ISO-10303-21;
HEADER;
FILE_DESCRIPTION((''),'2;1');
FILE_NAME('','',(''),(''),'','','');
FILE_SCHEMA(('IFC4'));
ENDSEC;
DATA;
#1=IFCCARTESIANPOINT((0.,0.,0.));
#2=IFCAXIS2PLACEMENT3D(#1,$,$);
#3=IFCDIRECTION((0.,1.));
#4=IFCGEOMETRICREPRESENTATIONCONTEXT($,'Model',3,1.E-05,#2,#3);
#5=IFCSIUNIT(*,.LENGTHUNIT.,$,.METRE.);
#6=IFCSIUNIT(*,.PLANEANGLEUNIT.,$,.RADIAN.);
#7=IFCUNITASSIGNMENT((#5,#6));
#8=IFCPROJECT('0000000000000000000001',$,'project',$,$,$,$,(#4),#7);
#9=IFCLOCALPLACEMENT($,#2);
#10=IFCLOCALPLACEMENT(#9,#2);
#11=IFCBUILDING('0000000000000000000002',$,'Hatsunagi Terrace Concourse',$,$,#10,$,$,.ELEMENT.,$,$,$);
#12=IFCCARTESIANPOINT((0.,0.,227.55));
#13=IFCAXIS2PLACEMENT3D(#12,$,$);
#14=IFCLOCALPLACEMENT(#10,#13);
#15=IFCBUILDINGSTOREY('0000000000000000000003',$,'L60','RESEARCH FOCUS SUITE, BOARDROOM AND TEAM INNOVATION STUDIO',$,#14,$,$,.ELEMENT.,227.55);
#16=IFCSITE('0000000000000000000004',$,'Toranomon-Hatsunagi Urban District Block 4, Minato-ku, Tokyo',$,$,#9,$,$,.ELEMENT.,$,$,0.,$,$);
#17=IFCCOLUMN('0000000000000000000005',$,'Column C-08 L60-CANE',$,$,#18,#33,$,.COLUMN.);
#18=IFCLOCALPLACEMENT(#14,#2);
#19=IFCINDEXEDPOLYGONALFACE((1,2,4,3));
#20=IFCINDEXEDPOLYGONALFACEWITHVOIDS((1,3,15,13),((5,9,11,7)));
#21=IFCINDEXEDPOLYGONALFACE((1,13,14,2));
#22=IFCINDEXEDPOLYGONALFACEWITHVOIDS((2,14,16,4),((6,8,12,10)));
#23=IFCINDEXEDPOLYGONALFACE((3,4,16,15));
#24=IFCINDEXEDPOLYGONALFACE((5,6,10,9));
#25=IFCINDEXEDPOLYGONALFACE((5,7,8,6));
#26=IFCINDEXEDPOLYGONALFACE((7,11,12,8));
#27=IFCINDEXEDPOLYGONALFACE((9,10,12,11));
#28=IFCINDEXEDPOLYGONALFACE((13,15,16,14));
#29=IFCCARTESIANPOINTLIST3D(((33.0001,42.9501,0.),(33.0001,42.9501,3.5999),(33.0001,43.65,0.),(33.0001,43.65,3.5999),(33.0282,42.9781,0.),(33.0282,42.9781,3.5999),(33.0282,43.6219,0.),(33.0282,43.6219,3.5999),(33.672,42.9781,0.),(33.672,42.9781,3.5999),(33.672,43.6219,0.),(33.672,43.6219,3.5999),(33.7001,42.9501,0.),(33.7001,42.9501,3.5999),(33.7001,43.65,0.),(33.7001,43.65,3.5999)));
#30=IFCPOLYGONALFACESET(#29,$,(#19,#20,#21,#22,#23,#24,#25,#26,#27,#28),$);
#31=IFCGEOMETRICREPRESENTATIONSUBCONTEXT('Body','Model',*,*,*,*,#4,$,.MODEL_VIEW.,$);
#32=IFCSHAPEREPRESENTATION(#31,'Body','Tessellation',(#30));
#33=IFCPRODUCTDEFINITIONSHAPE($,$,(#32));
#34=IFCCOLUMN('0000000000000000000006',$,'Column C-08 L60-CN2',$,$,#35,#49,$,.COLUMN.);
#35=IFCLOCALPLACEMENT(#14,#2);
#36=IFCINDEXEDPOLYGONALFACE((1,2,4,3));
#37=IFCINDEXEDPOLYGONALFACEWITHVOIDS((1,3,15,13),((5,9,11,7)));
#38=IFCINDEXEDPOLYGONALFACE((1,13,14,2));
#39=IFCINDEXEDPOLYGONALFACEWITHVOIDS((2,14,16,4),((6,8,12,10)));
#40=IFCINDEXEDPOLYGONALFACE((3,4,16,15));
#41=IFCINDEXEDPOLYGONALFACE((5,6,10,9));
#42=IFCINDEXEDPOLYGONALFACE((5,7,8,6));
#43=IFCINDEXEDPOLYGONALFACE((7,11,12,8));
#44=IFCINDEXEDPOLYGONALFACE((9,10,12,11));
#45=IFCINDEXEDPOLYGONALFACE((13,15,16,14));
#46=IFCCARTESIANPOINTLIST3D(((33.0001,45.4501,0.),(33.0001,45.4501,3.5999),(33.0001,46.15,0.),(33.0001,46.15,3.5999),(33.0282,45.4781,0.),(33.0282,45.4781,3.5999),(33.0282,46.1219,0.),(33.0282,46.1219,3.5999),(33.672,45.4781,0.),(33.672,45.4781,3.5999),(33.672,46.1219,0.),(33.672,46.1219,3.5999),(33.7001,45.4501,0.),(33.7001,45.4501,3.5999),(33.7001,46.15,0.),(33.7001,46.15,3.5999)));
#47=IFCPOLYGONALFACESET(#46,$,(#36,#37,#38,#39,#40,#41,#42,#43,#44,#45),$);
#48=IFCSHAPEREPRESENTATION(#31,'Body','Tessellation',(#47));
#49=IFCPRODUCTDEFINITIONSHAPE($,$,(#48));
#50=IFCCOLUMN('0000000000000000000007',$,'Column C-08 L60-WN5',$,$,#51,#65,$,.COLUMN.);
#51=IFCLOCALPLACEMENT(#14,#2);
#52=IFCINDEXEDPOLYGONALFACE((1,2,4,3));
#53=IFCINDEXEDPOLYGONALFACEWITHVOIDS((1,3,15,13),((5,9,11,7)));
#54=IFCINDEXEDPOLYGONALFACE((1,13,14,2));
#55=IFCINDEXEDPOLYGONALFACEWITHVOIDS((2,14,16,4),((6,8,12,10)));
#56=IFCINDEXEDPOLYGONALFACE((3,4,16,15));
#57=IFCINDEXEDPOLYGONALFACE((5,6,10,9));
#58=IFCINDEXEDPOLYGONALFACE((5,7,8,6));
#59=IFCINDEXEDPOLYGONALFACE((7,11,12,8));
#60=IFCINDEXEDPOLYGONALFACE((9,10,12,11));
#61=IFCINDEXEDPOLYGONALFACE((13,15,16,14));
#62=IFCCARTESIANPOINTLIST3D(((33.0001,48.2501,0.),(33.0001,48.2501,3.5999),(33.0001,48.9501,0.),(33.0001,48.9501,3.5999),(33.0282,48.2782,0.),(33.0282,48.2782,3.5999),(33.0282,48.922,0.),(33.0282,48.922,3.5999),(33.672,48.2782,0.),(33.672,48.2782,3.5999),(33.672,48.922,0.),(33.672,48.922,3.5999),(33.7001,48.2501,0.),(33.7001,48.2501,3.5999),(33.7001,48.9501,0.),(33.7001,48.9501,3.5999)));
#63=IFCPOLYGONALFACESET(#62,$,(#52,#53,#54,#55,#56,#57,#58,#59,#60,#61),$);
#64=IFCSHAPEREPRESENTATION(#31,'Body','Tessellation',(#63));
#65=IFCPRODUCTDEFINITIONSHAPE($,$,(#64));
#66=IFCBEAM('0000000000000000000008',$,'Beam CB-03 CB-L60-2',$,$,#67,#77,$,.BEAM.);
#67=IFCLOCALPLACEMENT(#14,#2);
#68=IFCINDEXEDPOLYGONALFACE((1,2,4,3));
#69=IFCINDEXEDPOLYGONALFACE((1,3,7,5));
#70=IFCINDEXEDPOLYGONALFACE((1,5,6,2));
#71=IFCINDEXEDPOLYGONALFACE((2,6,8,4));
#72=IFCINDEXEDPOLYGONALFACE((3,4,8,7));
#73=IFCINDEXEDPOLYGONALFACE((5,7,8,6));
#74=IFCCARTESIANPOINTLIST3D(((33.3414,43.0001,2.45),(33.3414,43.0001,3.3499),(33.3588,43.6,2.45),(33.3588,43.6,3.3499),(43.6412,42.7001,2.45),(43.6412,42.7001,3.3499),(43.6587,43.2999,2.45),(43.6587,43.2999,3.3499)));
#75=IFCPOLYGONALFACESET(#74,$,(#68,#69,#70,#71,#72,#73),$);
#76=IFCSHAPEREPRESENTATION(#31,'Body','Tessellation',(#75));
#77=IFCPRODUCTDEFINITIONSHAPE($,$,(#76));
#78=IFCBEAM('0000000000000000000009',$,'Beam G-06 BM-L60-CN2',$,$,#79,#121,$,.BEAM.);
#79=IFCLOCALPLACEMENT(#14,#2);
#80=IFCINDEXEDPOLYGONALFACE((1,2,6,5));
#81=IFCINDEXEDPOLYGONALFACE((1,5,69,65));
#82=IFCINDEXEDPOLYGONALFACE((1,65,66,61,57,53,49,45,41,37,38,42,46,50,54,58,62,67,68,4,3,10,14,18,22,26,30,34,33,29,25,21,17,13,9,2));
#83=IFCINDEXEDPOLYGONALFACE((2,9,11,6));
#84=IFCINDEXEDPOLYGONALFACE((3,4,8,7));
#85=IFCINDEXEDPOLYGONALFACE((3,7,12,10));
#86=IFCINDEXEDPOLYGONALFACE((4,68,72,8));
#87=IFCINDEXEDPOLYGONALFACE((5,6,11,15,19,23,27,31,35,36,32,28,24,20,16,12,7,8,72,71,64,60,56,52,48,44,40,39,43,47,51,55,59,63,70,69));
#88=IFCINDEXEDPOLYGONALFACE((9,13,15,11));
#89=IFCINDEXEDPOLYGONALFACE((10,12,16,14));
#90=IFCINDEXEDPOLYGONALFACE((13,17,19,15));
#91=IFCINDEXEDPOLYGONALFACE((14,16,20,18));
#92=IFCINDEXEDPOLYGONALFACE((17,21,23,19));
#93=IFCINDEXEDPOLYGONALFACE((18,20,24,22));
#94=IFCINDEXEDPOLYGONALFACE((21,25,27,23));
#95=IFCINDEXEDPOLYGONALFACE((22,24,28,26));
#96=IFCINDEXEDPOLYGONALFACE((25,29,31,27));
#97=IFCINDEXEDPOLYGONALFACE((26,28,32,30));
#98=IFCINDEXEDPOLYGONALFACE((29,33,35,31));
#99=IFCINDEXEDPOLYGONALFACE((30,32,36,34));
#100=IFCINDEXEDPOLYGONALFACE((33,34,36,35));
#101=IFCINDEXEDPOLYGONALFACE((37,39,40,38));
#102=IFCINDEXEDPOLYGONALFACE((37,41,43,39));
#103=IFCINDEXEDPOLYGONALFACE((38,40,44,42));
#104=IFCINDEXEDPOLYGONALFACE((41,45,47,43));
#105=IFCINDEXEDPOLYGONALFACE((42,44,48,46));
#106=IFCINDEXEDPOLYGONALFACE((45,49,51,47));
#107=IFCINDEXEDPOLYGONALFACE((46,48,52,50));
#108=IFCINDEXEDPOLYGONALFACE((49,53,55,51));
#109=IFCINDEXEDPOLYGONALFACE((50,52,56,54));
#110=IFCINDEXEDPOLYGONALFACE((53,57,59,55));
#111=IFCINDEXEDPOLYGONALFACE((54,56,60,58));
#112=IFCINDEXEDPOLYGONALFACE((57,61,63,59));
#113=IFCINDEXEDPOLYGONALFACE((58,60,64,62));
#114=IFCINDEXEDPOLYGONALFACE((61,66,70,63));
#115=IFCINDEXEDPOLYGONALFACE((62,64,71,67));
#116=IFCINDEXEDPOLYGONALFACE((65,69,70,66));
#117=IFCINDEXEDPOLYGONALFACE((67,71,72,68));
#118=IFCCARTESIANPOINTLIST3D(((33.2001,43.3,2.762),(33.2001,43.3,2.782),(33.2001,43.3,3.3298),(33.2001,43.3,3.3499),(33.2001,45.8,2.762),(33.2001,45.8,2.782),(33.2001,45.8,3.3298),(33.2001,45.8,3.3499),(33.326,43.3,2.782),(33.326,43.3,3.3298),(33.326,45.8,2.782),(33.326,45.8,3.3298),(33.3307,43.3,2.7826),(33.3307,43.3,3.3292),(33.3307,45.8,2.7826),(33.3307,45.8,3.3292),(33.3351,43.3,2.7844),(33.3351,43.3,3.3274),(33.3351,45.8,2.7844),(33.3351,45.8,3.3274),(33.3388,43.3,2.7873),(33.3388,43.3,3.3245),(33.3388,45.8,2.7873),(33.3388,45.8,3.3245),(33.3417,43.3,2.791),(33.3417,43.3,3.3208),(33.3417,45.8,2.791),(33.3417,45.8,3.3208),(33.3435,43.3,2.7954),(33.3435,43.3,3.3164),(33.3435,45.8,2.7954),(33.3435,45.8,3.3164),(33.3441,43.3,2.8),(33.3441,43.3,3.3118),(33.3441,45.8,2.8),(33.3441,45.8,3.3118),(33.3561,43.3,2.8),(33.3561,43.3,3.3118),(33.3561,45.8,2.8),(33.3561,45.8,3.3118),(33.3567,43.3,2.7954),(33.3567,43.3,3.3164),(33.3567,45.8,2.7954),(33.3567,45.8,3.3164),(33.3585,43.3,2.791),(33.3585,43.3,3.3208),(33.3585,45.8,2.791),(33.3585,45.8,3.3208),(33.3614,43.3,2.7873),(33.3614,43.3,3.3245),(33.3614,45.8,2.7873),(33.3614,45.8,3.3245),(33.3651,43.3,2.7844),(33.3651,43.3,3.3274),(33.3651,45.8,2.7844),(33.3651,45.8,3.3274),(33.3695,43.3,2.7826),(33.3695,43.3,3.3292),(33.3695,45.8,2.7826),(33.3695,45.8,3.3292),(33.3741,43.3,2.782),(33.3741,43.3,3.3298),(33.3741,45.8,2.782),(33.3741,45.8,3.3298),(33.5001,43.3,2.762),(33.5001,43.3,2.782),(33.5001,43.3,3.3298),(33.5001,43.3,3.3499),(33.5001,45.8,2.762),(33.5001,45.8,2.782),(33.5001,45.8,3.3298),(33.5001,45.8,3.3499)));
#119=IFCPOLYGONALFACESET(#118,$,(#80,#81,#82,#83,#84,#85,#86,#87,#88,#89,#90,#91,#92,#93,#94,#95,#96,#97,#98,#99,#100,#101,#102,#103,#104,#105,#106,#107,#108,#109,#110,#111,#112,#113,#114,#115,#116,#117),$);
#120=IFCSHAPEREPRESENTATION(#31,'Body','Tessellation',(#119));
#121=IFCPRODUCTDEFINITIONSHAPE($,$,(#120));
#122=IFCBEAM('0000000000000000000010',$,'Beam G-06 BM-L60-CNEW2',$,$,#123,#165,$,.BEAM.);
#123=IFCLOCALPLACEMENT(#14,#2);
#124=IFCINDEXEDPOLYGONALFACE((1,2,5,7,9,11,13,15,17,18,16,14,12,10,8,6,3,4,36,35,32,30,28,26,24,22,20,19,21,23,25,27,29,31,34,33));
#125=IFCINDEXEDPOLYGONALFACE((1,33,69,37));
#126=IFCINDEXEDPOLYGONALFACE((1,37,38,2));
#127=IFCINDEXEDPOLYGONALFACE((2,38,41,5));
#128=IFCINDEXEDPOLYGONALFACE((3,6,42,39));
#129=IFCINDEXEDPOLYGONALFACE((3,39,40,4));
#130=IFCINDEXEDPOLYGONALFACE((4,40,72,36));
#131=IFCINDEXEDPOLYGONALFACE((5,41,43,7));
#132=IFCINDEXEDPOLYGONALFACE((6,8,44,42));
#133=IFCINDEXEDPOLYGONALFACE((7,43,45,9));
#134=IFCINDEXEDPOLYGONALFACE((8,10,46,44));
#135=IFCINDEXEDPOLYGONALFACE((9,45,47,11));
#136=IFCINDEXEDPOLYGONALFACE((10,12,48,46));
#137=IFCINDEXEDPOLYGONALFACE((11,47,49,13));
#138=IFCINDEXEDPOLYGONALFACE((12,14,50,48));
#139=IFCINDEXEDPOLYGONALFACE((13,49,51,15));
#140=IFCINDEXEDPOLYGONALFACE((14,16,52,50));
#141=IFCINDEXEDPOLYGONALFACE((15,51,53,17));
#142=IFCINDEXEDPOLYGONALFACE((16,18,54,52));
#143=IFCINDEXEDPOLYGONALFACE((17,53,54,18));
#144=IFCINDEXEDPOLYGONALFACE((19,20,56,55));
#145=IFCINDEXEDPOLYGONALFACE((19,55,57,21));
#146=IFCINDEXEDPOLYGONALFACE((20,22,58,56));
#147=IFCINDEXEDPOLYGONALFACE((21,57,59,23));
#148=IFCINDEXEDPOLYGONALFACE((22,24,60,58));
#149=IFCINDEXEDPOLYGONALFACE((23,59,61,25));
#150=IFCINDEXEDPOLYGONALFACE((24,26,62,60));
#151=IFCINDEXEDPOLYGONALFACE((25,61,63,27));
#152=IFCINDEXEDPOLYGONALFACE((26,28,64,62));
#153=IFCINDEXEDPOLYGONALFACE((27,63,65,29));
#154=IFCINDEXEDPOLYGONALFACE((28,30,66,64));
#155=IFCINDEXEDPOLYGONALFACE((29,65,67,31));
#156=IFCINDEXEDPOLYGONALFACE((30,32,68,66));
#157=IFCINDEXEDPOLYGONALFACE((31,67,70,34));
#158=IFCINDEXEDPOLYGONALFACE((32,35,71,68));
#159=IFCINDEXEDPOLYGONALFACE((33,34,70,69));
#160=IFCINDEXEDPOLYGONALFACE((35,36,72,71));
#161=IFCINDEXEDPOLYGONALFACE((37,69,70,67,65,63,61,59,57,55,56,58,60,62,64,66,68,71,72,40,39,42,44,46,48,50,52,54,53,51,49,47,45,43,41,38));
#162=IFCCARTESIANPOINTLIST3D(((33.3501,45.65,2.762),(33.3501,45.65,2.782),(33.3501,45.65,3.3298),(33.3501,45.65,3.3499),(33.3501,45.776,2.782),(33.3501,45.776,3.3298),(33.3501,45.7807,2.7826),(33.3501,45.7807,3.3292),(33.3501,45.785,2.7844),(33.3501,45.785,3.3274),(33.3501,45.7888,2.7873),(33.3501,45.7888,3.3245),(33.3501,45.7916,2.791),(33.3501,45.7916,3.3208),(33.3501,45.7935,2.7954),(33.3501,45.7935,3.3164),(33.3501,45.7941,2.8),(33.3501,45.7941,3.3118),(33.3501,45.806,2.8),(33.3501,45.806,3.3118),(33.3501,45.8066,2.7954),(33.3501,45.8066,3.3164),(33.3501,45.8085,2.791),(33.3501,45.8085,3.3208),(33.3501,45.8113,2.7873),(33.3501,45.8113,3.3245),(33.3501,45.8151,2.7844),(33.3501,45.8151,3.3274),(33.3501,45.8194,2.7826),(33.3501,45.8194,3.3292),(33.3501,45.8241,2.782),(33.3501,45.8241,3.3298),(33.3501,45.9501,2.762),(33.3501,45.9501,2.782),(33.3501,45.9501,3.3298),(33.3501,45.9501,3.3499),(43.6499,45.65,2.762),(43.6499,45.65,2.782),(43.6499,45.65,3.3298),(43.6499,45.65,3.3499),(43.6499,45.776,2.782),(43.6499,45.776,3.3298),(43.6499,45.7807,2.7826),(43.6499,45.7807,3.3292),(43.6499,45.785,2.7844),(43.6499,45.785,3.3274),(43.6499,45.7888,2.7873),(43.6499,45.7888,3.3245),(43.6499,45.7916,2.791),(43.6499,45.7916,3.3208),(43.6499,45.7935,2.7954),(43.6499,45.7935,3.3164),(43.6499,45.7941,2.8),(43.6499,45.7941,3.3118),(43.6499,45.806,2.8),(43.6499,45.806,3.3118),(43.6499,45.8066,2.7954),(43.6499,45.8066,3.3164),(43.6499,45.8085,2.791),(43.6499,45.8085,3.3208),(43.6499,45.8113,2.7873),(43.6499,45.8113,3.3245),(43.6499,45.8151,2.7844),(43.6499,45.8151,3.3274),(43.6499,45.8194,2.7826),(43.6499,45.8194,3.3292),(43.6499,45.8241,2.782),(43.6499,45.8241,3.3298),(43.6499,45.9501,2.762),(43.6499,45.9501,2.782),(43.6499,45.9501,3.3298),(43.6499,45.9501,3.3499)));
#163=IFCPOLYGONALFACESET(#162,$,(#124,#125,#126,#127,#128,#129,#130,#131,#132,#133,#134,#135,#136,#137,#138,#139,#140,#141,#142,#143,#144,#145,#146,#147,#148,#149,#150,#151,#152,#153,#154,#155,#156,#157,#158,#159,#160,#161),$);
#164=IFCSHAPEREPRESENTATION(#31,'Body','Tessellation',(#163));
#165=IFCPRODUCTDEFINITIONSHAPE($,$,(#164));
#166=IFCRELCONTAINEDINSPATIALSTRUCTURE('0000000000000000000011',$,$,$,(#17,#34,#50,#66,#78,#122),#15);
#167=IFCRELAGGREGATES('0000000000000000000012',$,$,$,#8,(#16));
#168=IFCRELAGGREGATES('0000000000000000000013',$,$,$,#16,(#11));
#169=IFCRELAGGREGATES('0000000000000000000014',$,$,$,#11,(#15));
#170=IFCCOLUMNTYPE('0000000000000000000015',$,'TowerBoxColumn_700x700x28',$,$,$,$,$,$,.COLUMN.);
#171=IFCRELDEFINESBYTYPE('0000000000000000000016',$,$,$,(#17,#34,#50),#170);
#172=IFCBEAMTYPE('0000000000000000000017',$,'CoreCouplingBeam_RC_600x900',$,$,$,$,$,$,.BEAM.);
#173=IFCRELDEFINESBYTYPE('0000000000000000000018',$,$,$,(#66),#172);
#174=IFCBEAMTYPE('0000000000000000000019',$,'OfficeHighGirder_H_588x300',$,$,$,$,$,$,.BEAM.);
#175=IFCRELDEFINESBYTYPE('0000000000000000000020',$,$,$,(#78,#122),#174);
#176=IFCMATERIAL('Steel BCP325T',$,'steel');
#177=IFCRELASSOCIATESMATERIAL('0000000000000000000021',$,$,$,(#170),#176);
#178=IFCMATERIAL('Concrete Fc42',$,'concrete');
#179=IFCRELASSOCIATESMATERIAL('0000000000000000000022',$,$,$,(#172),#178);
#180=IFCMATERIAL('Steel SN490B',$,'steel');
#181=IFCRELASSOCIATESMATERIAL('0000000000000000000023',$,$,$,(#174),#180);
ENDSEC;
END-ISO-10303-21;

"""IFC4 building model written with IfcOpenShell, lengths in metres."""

from ifc_helpers import new_model, si_unit, direction, frame, origin, origin_2d, place, context, subcontext, project, spatial, rectangle, hollow_rectangle, i_section, extrude, material, material_profile, profile_set, type_object, element, save


model = new_model("IFC4")

# Units and contexts
model_context = context("Model", 3, precision=1e-05, world=origin(), true_north=direction((0.0, 1.0)))
body_context = subcontext(model_context, "Body", "Model", "MODEL_VIEW")
ifc_project = project(units=[si_unit("LENGTHUNIT", "METRE"), si_unit("PLANEANGLEUNIT", "RADIAN")], contexts=[model_context])

# Site, building, storey
site_placement = place(None, origin())
site = spatial("IfcSite", under=ifc_project, at=site_placement, Name="Toranomon-Hatsunagi Urban District Block 4, Minato-ku, Tokyo", CompositionType="ELEMENT", RefElevation=0.0)
building_placement = place(site_placement, origin())
building = spatial("IfcBuilding", under=site, at=building_placement, Name="Hatsunagi Terrace Concourse", CompositionType="ELEMENT")
storey_placement = place(building_placement, frame((0.0, 0.0, 227.55)))
storey = spatial("IfcBuildingStorey", under=building, at=storey_placement, Name="L60", Description="RESEARCH FOCUS SUITE, BOARDROOM AND TEAM INNOVATION STUDIO", CompositionType="ELEMENT", Elevation=227.55)

# Columns
ifc_material_1 = material(Name="Steel BCP325T", Category="steel")
ifc_material_profile_1 = material_profile(ifc_material_1, hollow_rectangle(XDim=0.7, YDim=0.7, WallThickness=0.0281, at=origin_2d()), Name="BCP-700x700x28")
ifc_profile_set_1 = profile_set([ifc_material_profile_1], Name="Steel BCP325T")
column_type = type_object("IfcColumnType", Name="TowerBoxColumn_700x700x28", PredefinedType="COLUMN", material=ifc_profile_set_1)
for number, where, z_axis, x_axis, name in (
    (1, (33.3501, 43.3, 0.0), (0.0, 0.0, 1.0), (1.0, 0.0, 0.0), "Column C-08 L60-CANE"),
    (2, (33.3501, 45.8, 0.0), (0.0, 0.0, 1.0), (1.0, 0.0, 0.0), "Column C-08 L60-CN2"),
    (3, (33.3501, 48.6001, 0.0), (0.0, 0.0, 1.0), (1.0, 0.0, 0.0), "Column C-08 L60-WN5"),
):
    element("IfcColumn", number, at=place(storey_placement, frame(where, z_axis=z_axis, x_axis=x_axis)), inside=storey, type_object=column_type, Name=name, PredefinedType="COLUMN", context=body_context, shape_type="SweptSolid", body=[
        extrude(hollow_rectangle(XDim=0.7, YDim=0.7, WallThickness=0.0281, at=origin_2d()), origin(), (0.0, 0.0, 1.0), 3.5999),
    ])

# Beams
ifc_material_2 = material(Name="Concrete Fc42", Category="concrete")
ifc_material_profile_2 = material_profile(ifc_material_2, rectangle(XDim=0.6001, YDim=0.8999, at=origin_2d()), Name="RC-600x900")
ifc_profile_set_2 = profile_set([ifc_material_profile_2], Name="Concrete Fc42")
beam_type_1 = type_object("IfcBeamType", Name="CoreCouplingBeam_RC_600x900", PredefinedType="BEAM", material=ifc_profile_set_2)
beam_1_placement = place(storey_placement, frame((33.3501, 43.3, 2.8999), z_axis=(0.999576, -0.029119, 0.0), x_axis=(0.029119, 0.999576, 0.0)))
element("IfcBeam", 4, at=beam_1_placement, inside=storey, type_object=beam_type_1, Name="Beam CB-03 CB-L60-2", PredefinedType="BEAM", context=body_context, shape_type="SweptSolid", body=[
    extrude(rectangle(XDim=0.6001, YDim=0.8999, at=origin_2d()), origin(), (0.0, 0.0, 1.0), 10.3042),
])
ifc_material_3 = material(Name="Steel SN490B", Category="steel")
ifc_material_profile_3 = material_profile(ifc_material_3, i_section(OverallWidth=0.3, OverallDepth=0.5879, WebThickness=0.012, FlangeThickness=0.02, FilletRadius=0.0181, at=origin_2d()), Name="H-588x300x12x20")
ifc_profile_set_3 = profile_set([ifc_material_profile_3], Name="Steel SN490B")
beam_type_2 = type_object("IfcBeamType", Name="OfficeHighGirder_H_588x300", PredefinedType="BEAM", material=ifc_profile_set_3)
beam_2_placement = place(storey_placement, frame((33.3501, 43.3, 3.0559), z_axis=(0.0, 1.0, 0.0), x_axis=(-1.0, 0.0, 0.0)))
element("IfcBeam", 5, at=beam_2_placement, inside=storey, type_object=beam_type_2, Name="Beam G-06 BM-L60-CN2", PredefinedType="BEAM", context=body_context, shape_type="SweptSolid", body=[
    extrude(i_section(OverallWidth=0.3, OverallDepth=0.5879, WebThickness=0.012, FlangeThickness=0.02, FilletRadius=0.0181, at=origin_2d()), origin(), (0.0, 0.0, 1.0), 2.5),
])
beam_3_placement = place(storey_placement, frame((33.3501, 45.8, 3.0559), z_axis=(1.0, 0.0, 0.0), x_axis=(0.0, 1.0, 0.0)))
element("IfcBeam", 6, at=beam_3_placement, inside=storey, type_object=beam_type_2, Name="Beam G-06 BM-L60-CNEW2", PredefinedType="BEAM", context=body_context, shape_type="SweptSolid", body=[
    extrude(i_section(OverallWidth=0.3, OverallDepth=0.5879, WebThickness=0.012, FlangeThickness=0.02, FilletRadius=0.0181, at=origin_2d()), origin(), (0.0, 0.0, 1.0), 10.2998),
])

save(model, "model.ifc")
